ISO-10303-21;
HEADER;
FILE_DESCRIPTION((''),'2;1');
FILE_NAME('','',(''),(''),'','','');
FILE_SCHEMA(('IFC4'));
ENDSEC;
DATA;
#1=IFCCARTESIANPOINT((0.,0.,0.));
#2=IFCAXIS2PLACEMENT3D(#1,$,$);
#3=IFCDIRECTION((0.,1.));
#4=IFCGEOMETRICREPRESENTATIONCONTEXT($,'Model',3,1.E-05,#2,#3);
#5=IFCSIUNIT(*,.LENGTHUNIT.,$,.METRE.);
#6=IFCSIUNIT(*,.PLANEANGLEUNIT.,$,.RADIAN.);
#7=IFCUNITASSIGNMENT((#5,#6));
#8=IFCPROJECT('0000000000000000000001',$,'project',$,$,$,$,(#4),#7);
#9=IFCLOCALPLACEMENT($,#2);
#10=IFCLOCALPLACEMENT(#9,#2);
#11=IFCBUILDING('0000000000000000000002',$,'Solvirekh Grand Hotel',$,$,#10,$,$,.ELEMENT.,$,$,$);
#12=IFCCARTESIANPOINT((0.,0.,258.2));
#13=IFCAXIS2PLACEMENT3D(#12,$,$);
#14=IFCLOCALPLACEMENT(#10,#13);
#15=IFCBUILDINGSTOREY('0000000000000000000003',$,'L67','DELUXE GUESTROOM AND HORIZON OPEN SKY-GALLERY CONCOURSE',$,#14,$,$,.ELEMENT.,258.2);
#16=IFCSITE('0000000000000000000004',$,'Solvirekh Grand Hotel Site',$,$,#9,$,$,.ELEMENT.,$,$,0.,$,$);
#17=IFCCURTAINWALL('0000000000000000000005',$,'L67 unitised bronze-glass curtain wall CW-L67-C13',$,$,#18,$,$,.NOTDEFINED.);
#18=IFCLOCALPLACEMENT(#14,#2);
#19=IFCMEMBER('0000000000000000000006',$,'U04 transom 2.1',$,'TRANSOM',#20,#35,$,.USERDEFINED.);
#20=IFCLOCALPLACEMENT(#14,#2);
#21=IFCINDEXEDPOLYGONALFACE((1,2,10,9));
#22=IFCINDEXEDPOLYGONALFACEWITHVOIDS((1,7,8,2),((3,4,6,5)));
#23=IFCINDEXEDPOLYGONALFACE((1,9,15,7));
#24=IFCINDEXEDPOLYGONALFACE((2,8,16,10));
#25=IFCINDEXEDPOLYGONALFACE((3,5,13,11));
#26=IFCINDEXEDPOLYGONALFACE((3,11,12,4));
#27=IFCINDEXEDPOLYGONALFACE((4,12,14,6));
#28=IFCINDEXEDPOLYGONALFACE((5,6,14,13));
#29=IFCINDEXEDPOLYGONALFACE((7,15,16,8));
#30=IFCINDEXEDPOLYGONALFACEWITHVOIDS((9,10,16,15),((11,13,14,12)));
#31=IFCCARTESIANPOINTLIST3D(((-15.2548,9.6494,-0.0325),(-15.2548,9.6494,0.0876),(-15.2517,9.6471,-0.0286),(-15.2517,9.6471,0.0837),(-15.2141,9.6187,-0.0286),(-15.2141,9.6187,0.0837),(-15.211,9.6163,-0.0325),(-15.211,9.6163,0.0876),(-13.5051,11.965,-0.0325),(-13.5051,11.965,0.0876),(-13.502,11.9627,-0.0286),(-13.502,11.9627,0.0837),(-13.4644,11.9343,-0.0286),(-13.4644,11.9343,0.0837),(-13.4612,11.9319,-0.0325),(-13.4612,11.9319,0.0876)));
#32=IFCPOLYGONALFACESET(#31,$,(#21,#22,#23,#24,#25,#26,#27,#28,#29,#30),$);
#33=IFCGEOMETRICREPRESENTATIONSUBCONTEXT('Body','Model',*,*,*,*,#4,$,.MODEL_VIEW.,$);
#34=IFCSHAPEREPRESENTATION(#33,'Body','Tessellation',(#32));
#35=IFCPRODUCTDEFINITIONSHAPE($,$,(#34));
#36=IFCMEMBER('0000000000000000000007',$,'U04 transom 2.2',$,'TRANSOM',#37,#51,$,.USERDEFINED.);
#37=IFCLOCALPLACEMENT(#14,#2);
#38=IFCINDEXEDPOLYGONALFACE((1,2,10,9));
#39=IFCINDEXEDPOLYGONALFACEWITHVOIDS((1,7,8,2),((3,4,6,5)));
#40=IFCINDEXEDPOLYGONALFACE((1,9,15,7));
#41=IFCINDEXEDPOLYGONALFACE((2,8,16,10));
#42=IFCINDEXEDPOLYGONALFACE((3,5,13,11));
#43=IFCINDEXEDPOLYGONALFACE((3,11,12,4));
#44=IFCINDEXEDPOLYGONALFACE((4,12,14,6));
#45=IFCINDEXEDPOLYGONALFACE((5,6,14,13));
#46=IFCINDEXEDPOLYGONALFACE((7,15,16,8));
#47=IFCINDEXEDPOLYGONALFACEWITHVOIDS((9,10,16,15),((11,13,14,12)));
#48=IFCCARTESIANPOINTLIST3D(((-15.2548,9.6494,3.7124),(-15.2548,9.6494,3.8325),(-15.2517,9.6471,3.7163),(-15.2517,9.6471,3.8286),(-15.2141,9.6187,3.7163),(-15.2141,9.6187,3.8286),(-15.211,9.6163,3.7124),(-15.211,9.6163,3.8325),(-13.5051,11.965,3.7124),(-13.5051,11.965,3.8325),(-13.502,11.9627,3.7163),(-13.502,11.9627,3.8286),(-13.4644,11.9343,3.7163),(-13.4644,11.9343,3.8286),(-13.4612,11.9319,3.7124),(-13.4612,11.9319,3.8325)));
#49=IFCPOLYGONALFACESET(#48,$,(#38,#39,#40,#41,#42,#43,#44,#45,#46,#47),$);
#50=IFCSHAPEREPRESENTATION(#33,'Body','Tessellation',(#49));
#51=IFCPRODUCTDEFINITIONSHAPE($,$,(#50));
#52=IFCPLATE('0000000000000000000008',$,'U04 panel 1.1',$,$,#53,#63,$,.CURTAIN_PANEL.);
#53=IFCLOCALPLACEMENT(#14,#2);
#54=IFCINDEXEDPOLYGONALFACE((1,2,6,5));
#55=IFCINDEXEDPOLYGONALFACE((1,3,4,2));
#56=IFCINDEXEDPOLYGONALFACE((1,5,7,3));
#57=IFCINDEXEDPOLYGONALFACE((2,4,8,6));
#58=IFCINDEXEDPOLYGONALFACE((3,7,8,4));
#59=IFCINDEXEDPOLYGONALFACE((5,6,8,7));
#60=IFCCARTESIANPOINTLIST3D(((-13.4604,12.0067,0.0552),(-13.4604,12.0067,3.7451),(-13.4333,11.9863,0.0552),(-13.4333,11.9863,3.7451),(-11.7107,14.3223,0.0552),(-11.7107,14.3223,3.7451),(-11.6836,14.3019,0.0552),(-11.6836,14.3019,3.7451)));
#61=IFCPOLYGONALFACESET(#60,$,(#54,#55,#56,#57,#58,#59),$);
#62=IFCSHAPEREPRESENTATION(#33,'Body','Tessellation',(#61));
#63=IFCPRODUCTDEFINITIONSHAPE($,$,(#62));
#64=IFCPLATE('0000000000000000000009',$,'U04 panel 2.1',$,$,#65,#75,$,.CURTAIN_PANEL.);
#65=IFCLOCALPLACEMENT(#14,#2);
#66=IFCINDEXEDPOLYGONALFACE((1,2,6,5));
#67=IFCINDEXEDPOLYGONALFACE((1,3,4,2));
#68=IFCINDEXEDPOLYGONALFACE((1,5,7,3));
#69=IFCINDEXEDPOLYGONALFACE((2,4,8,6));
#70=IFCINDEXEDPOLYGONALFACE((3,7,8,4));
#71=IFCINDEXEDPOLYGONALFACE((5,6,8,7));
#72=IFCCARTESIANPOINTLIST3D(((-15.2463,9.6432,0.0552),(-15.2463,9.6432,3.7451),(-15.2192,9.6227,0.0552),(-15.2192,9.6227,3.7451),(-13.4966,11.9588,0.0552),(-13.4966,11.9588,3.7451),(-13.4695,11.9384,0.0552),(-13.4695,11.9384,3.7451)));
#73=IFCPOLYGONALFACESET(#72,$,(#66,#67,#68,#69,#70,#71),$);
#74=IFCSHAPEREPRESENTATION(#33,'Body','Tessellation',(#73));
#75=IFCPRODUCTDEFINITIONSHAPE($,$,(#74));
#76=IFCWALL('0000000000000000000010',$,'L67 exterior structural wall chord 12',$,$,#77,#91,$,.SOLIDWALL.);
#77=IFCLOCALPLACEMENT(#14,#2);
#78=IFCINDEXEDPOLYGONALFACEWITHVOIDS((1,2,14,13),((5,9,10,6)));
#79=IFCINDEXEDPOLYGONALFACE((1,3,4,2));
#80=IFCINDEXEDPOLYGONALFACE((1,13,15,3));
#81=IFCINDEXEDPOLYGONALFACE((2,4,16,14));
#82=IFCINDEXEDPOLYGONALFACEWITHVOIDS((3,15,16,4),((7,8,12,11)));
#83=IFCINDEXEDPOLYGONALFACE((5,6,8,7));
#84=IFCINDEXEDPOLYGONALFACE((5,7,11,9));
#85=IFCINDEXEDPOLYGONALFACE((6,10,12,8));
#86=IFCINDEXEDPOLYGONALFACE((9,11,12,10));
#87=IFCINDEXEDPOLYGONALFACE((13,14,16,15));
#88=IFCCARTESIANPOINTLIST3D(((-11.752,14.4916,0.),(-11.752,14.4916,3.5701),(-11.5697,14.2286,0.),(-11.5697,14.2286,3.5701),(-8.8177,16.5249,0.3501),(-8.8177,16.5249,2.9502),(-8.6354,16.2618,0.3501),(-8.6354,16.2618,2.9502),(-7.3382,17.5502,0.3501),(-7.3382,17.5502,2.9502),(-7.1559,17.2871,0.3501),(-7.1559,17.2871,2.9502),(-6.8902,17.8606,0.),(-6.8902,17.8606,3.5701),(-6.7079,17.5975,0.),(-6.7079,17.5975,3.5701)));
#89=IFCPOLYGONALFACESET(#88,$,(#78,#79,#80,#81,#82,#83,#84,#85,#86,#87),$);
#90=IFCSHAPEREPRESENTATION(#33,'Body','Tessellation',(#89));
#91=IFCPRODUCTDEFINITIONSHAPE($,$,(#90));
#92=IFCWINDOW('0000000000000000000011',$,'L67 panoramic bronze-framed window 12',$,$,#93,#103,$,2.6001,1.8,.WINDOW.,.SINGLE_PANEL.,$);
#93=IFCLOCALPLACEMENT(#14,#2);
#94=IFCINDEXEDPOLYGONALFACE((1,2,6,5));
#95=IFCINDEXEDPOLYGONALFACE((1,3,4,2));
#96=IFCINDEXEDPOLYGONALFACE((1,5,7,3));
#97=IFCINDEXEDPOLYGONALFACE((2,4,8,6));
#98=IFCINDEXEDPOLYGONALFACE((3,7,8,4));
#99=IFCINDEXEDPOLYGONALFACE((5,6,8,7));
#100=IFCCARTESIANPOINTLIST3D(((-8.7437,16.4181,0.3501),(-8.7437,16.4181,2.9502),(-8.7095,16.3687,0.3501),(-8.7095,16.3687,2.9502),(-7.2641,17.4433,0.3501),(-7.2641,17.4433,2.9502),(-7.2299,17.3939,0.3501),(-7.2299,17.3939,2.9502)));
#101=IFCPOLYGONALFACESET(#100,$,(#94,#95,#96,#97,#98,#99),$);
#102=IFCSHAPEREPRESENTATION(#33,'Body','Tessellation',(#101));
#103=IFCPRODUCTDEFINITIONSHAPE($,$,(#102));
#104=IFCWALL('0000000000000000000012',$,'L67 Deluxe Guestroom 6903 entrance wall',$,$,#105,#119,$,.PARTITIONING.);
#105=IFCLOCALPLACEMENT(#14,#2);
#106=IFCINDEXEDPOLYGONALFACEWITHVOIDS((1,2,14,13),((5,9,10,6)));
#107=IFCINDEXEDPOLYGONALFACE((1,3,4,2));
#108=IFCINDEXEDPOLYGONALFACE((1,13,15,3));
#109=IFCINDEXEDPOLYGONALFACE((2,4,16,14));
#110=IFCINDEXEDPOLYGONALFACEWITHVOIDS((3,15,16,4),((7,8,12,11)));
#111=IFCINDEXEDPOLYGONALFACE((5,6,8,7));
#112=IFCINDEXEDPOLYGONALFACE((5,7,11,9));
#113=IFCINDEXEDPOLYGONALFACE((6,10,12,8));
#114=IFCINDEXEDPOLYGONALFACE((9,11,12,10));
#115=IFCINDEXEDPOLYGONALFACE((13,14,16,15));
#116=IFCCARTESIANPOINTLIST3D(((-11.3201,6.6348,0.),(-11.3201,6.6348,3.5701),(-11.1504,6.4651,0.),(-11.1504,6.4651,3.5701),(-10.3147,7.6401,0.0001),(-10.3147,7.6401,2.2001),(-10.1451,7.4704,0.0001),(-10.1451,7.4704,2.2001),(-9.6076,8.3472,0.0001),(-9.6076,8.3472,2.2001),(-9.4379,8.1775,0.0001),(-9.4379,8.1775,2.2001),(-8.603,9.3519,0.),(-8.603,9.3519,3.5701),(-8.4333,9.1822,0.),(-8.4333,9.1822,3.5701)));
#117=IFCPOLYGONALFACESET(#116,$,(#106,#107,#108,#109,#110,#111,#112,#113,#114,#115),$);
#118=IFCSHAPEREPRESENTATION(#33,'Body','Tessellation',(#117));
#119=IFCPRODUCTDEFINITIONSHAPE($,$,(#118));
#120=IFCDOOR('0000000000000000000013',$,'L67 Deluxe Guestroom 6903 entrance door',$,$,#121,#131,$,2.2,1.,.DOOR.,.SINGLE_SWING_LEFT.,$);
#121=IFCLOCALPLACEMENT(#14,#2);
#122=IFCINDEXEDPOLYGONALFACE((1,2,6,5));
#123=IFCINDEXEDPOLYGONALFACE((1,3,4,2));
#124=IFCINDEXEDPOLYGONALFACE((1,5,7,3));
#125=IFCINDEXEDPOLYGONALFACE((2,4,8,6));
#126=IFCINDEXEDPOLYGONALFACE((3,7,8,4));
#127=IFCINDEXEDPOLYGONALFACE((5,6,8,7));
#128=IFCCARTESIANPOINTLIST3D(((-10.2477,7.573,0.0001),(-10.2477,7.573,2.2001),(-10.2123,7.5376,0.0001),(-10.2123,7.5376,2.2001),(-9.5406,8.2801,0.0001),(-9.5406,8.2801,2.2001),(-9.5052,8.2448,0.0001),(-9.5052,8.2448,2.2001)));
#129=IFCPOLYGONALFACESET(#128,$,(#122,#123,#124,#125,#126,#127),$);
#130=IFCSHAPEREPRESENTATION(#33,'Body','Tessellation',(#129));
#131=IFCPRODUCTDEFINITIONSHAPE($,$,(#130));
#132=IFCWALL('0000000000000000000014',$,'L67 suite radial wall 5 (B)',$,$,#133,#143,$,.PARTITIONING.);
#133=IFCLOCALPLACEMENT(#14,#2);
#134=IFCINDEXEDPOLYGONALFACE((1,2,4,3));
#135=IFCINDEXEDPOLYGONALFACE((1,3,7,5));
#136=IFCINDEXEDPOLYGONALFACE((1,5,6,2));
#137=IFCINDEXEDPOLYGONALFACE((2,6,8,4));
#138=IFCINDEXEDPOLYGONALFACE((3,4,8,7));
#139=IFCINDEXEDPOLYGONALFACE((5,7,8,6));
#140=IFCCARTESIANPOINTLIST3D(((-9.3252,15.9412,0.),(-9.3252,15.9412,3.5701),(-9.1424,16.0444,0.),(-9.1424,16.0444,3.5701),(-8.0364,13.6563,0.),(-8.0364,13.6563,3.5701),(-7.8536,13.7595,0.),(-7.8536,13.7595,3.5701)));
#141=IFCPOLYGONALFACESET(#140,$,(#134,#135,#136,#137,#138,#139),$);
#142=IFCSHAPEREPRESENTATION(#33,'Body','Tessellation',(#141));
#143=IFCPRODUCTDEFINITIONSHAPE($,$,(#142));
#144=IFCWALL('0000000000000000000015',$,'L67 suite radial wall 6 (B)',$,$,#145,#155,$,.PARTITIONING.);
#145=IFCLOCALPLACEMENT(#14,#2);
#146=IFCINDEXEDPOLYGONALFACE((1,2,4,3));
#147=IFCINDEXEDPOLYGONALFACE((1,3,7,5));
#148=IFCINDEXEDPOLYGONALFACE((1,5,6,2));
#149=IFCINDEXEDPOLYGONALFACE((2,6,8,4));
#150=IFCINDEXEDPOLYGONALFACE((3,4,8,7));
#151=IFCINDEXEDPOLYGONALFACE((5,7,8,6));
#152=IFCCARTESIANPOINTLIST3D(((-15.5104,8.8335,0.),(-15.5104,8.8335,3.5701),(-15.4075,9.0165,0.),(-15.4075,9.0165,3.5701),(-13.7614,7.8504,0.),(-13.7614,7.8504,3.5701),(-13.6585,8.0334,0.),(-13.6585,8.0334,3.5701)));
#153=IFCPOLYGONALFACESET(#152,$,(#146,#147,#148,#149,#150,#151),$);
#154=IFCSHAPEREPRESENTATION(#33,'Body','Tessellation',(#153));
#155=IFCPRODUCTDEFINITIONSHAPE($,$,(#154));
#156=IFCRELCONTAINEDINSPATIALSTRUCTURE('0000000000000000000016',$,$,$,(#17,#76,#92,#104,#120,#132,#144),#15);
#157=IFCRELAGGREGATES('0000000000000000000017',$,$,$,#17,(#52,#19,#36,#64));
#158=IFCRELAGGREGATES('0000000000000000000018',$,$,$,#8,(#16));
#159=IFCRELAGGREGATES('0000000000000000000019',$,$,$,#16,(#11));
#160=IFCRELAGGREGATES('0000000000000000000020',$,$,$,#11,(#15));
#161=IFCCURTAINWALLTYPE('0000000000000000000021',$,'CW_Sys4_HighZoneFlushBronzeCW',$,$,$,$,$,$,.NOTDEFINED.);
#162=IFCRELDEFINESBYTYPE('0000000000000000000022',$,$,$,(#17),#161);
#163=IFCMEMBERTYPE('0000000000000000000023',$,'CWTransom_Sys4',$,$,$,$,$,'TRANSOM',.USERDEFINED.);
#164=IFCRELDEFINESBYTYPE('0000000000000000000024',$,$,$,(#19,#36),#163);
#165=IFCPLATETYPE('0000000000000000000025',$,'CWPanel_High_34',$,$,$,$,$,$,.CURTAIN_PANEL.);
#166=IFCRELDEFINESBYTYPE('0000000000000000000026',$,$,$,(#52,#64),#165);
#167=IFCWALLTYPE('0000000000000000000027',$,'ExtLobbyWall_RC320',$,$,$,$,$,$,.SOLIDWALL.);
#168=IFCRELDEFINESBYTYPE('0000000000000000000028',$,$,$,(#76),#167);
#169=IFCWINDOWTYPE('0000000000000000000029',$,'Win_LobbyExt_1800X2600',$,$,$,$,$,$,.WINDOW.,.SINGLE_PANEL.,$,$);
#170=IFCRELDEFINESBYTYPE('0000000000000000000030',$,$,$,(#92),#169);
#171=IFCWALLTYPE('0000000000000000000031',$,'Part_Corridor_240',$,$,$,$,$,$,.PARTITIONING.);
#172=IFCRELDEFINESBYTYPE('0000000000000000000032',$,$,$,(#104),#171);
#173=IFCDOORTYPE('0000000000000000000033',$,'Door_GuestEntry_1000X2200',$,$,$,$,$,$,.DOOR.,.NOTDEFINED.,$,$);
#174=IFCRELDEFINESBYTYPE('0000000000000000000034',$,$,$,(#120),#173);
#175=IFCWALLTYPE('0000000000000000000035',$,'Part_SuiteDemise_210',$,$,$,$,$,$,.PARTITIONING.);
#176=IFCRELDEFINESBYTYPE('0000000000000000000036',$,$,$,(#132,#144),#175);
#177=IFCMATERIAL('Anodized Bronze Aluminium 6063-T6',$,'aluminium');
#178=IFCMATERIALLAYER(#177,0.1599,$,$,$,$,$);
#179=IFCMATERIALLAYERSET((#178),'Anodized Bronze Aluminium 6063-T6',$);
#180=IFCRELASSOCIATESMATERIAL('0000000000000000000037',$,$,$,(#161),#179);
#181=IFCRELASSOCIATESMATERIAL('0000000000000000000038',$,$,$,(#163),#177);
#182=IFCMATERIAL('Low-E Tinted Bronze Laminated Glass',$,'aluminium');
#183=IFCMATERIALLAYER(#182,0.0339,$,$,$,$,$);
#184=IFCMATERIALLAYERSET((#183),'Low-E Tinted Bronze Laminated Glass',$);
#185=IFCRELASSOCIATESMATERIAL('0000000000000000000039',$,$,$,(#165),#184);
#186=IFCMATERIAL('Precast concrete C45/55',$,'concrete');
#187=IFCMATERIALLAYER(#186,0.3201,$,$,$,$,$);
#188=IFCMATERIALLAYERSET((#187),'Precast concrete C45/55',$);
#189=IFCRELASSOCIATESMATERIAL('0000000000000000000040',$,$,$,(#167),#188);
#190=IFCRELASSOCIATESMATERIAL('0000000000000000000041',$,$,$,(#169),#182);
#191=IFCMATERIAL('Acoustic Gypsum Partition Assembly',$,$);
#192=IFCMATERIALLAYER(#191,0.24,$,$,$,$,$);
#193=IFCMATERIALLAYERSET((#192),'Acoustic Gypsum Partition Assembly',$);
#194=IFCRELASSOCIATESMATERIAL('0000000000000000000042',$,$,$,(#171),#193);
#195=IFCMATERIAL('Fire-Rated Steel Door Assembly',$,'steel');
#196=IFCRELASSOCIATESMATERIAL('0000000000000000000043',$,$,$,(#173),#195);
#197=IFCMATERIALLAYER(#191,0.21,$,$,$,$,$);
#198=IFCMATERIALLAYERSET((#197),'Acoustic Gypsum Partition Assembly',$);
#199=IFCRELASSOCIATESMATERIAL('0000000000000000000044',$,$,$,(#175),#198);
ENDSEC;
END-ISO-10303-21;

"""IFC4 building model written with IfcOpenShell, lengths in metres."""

from ifc_helpers import new_model, si_unit, direction, frame, frame_2d, origin, origin_2d, place, context, subcontext, project, spatial, rectangle, hollow_rectangle, extrude, source, transform, mapped, material, layer, layer_set, material_profile, profile_set, type_object, element, fill, aggregate, save


model = new_model("IFC4")

# Units and contexts
model_context = context("Model", 3, precision=1e-05, world=origin(), true_north=direction((0.0, 1.0)))
body_context = subcontext(model_context, "Body", "Model", "MODEL_VIEW")
ifc_project = project(units=[si_unit("LENGTHUNIT", "METRE"), si_unit("PLANEANGLEUNIT", "RADIAN")], contexts=[model_context])

# Site, building, storey
site_placement = place(None, origin())
site = spatial("IfcSite", under=ifc_project, at=site_placement, Name="Solvirekh Grand Hotel Site", CompositionType="ELEMENT", RefElevation=0.0)
building_placement = place(site_placement, origin())
building = spatial("IfcBuilding", under=site, at=building_placement, Name="Solvirekh Grand Hotel", CompositionType="ELEMENT")
storey_placement = place(building_placement, frame((0.0, 0.0, 258.2)))
storey = spatial("IfcBuildingStorey", under=building, at=storey_placement, Name="L67", Description="DELUXE GUESTROOM AND HORIZON OPEN SKY-GALLERY CONCOURSE", CompositionType="ELEMENT", Elevation=258.2)

# Curtain wall, members, plates
ifc_material_1 = material(Name="Anodized Bronze Aluminium 6063-T6", Category="aluminium")
ifc_layer_1 = layer(ifc_material_1, 0.1599)
ifc_layer_set_1 = layer_set([ifc_layer_1], Name="Anodized Bronze Aluminium 6063-T6")
curtain_wall_type = type_object("IfcCurtainWallType", Name="CW_Sys4_HighZoneFlushBronzeCW", PredefinedType="NOTDEFINED", material=ifc_layer_set_1)
curtain_wall_placement = place(storey_placement, origin())
curtain_wall = element("IfcCurtainWall", 1, at=curtain_wall_placement, inside=storey, type_object=curtain_wall_type, Name="L67 unitised bronze-glass curtain wall CW-L67-C13", PredefinedType="NOTDEFINED")
ifc_material_profile_1 = material_profile(ifc_material_1, hollow_rectangle(XDim=0.0549, YDim=0.1201, WallThickness=0.0039, at=origin_2d()), Name="ALU RHS 120X55X4")
ifc_profile_set_1 = profile_set([ifc_material_profile_1], Name="Anodized Bronze Aluminium 6063-T6")
member_type_1 = type_object("IfcMemberType", Name="CWTransom_Sys4", ElementType="TRANSOM", PredefinedType="USERDEFINED", material=ifc_profile_set_1)
shared_shape_1 = source(origin(), body_context, "Body", "SweptSolid", [
    extrude(hollow_rectangle(XDim=0.0549, YDim=0.1201, WallThickness=0.0039, at=origin_2d()), origin(), (0.0, 0.0, 1.0), 2.9023),
])
member_1_placement = place(storey_placement, frame((-13.4832, 11.9485, 0.0276), z_axis=(-0.602863, -0.797845, 0.0), x_axis=(0.797845, -0.602863, 0.0)))
member_1 = element("IfcMember", 2, at=member_1_placement, type_object=member_type_1, Name="U04 transom 2.1", ObjectType="TRANSOM", PredefinedType="USERDEFINED", context=body_context, shape_type="MappedRepresentation", body=[
    mapped(shared_shape_1, transform((0.0, 0.0, 0.0), x_axis=(1.0, 0.0, 0.0), y_axis=(0.0, 1.0, 0.0), z_axis=(0.0, 0.0, 1.0), scale=1.0)),
])
member_2_placement = place(storey_placement, frame((-13.4832, 11.9485, 3.7725), z_axis=(-0.602863, -0.797845, 0.0), x_axis=(0.797845, -0.602863, 0.0)))
member_2 = element("IfcMember", 3, at=member_2_placement, type_object=member_type_1, Name="U04 transom 2.2", ObjectType="TRANSOM", PredefinedType="USERDEFINED", context=body_context, shape_type="MappedRepresentation", body=[
    mapped(shared_shape_1, transform((0.0, 0.0, 0.0), x_axis=(1.0, 0.0, 0.0), y_axis=(0.0, 1.0, 0.0), z_axis=(0.0, 0.0, 1.0), scale=1.0)),
])
ifc_material_2 = material(Name="Low-E Tinted Bronze Laminated Glass", Category="aluminium")
ifc_layer_2 = layer(ifc_material_2, 0.0339)
ifc_layer_set_2 = layer_set([ifc_layer_2], Name="Low-E Tinted Bronze Laminated Glass")
plate_type = type_object("IfcPlateType", Name="CWPanel_High_34", PredefinedType="CURTAIN_PANEL", material=ifc_layer_set_2)
shared_shape_2 = source(origin(), body_context, "Body", "SweptSolid", [
    extrude(rectangle(XDim=2.9023, YDim=0.0339, at=origin_2d()), origin(), (0.0, 0.0, 1.0), 3.6899),
])
plate_1_placement = place(storey_placement, frame((-12.572, 13.1543, 0.0552), z_axis=(0.0, 0.0, 1.0), x_axis=(-0.602857, -0.797849, 0.0)))
plate_1 = element("IfcPlate", 4, at=plate_1_placement, type_object=plate_type, Name="U04 panel 1.1", PredefinedType="CURTAIN_PANEL", context=body_context, shape_type="MappedRepresentation", body=[
    mapped(shared_shape_2, transform((0.0, 0.0, 0.0), x_axis=(1.0, 0.0, 0.0), y_axis=(0.0, 1.0, 0.0), z_axis=(0.0, 0.0, 1.0), scale=1.0)),
])
plate_2_placement = place(storey_placement, frame((-14.3579, 10.7908, 0.0552), z_axis=(0.0, 0.0, 1.0), x_axis=(-0.602857, -0.797849, 0.0)))
plate_2 = element("IfcPlate", 5, at=plate_2_placement, type_object=plate_type, Name="U04 panel 2.1", PredefinedType="CURTAIN_PANEL", context=body_context, shape_type="MappedRepresentation", body=[
    mapped(shared_shape_2, transform((0.0, 0.0, 0.0), x_axis=(1.0, 0.0, 0.0), y_axis=(0.0, 1.0, 0.0), z_axis=(0.0, 0.0, 1.0), scale=1.0)),
])
aggregate(curtain_wall, [plate_1, member_1, member_2, plate_2])

# Wall, opening, window
ifc_material_3 = material(Name="Precast concrete C45/55", Category="concrete")
ifc_layer_3 = layer(ifc_material_3, 0.3201)
ifc_layer_set_3 = layer_set([ifc_layer_3], Name="Precast concrete C45/55")
wall_type_1 = type_object("IfcWallType", Name="ExtLobbyWall_RC320", PredefinedType="SOLIDWALL", material=ifc_layer_set_3)
wall_1_placement = place(storey_placement, frame((-11.6609, 14.3601, 0.0), z_axis=(0.0, 0.0, 1.0), x_axis=(0.821953, 0.569555, 0.0)))
wall_1 = element("IfcWall", 6, at=wall_1_placement, inside=storey, type_object=wall_type_1, Name="L67 exterior structural wall chord 12", PredefinedType="SOLIDWALL", context=body_context, shape_type="SweptSolid", body=[
    extrude(rectangle(XDim=5.915, YDim=0.3201, at=frame_2d((2.9575, 0.0))), origin(), (0.0, 0.0, 1.0), 3.5701),
])
opening_1_placement = place(wall_1_placement, frame((3.5701, 0.0, 0.3501)))
opening_1 = element("IfcOpeningElement", 7, at=opening_1_placement, cuts=wall_1, PredefinedType="OPENING", context=body_context, shape_type="SweptSolid", body=[
    extrude(rectangle(XDim=1.8, YDim=2.6001, at=frame_2d((0.8999, 1.3))), frame((0.0, 0.1699, 0.0), z_axis=(0.0, -1.0, 0.0), x_axis=(1.0, 0.0, 0.0)), (0.0, 0.0, 1.0), 0.3401),
])
window_type = type_object("IfcWindowType", Name="Win_LobbyExt_1800X2600", PartitioningType="SINGLE_PANEL", PredefinedType="WINDOW", material=ifc_material_2)
window_placement = place(opening_1_placement, origin())
window = element("IfcWindow", 8, at=window_placement, inside=storey, type_object=window_type, Name="L67 panoramic bronze-framed window 12", OverallHeight=2.6001, OverallWidth=1.8, PartitioningType="SINGLE_PANEL", PredefinedType="WINDOW", context=body_context, shape_type="SweptSolid", body=[
    extrude(rectangle(XDim=1.8, YDim=2.6001, at=frame_2d((0.8999, 1.3))), frame((0.0, 0.03, 0.0), z_axis=(0.0, -1.0, 0.0), x_axis=(1.0, 0.0, 0.0)), (0.0, 0.0, 1.0), 0.0601),
])
fill(opening_1, window)

# Wall, opening, door
ifc_material_4 = material(Name="Acoustic Gypsum Partition Assembly")
ifc_layer_4 = layer(ifc_material_4, 0.24)
ifc_layer_set_4 = layer_set([ifc_layer_4], Name="Acoustic Gypsum Partition Assembly")
wall_type_2 = type_object("IfcWallType", Name="Part_Corridor_240", PredefinedType="PARTITIONING", material=ifc_layer_set_4)
wall_2_placement = place(storey_placement, frame((-8.5181, 9.2671, 0.0), z_axis=(0.0, 0.0, 1.0), x_axis=(-0.707107, -0.707107, 0.0)))
wall_2 = element("IfcWall", 9, at=wall_2_placement, inside=storey, type_object=wall_type_2, Name="L67 Deluxe Guestroom 6903 entrance wall", PredefinedType="PARTITIONING", context=body_context, shape_type="SweptSolid", body=[
    extrude(rectangle(XDim=3.8425, YDim=0.24, at=frame_2d((1.9214, 0.0))), origin(), (0.0, 0.0, 1.0), 3.5701),
])
opening_2_placement = place(wall_2_placement, frame((1.4209, 0.0, 0.0)))
opening_2 = element("IfcOpeningElement", 10, at=opening_2_placement, cuts=wall_2, PredefinedType="OPENING", context=body_context, shape_type="SweptSolid", body=[
    extrude(rectangle(XDim=1.0, YDim=2.2, at=frame_2d((0.5, 1.1001))), frame((0.0, 0.1299, 0.0), z_axis=(0.0, -1.0, 0.0), x_axis=(1.0, 0.0, 0.0)), (0.0, 0.0, 1.0), 0.26),
])
ifc_material_5 = material(Name="Fire-Rated Steel Door Assembly", Category="steel")
door_type_1 = type_object("IfcDoorType", Name="Door_GuestEntry_1000X2200", OperationType="NOTDEFINED", PredefinedType="DOOR", material=ifc_material_5)
door_1_placement = place(opening_2_placement, origin())
door_1 = element("IfcDoor", 11, at=door_1_placement, inside=storey, type_object=door_type_1, Name="L67 Deluxe Guestroom 6903 entrance door", OperationType="SINGLE_SWING_LEFT", OverallHeight=2.2, OverallWidth=1.0, PredefinedType="DOOR", context=body_context, shape_type="SweptSolid", body=[
    extrude(rectangle(XDim=1.0, YDim=2.2, at=frame_2d((0.5, 1.1001))), frame((0.0, 0.0249, 0.0), z_axis=(0.0, -1.0, 0.0), x_axis=(1.0, 0.0, 0.0)), (0.0, 0.0, 1.0), 0.05),
])
fill(opening_2, door_1)

# Walls
ifc_layer_5 = layer(ifc_material_4, 0.21)
ifc_layer_set_5 = layer_set([ifc_layer_5], Name="Acoustic Gypsum Partition Assembly")
wall_type_3 = type_object("IfcWallType", Name="Part_SuiteDemise_210", PredefinedType="PARTITIONING", material=ifc_layer_set_5)
wall_3_placement = place(storey_placement, frame((-7.9451, 13.708, 0.0), z_axis=(0.0, 0.0, 1.0), x_axis=(-0.49129, 0.870996, 0.0)))
element("IfcWall", 12, at=wall_3_placement, inside=storey, type_object=wall_type_3, Name="L67 suite radial wall 5 (B)", PredefinedType="PARTITIONING", context=body_context, shape_type="SweptSolid", body=[
    extrude(rectangle(XDim=2.6233, YDim=0.21, at=frame_2d((1.3115, 0.0))), origin(), (0.0, 0.0, 1.0), 3.5701),
])
wall_4_placement = place(storey_placement, frame((-13.71, 7.9419, 0.0), z_axis=(0.0, 0.0, 1.0), x_axis=(-0.871718, 0.490007, 0.0)))
element("IfcWall", 13, at=wall_4_placement, inside=storey, type_object=wall_type_3, Name="L67 suite radial wall 6 (B)", PredefinedType="PARTITIONING", context=body_context, shape_type="SweptSolid", body=[
    extrude(rectangle(XDim=2.0063, YDim=0.21, at=frame_2d((1.0032, 0.0))), origin(), (0.0, 0.0, 1.0), 3.5701),
])

save(model, "model.ifc")
